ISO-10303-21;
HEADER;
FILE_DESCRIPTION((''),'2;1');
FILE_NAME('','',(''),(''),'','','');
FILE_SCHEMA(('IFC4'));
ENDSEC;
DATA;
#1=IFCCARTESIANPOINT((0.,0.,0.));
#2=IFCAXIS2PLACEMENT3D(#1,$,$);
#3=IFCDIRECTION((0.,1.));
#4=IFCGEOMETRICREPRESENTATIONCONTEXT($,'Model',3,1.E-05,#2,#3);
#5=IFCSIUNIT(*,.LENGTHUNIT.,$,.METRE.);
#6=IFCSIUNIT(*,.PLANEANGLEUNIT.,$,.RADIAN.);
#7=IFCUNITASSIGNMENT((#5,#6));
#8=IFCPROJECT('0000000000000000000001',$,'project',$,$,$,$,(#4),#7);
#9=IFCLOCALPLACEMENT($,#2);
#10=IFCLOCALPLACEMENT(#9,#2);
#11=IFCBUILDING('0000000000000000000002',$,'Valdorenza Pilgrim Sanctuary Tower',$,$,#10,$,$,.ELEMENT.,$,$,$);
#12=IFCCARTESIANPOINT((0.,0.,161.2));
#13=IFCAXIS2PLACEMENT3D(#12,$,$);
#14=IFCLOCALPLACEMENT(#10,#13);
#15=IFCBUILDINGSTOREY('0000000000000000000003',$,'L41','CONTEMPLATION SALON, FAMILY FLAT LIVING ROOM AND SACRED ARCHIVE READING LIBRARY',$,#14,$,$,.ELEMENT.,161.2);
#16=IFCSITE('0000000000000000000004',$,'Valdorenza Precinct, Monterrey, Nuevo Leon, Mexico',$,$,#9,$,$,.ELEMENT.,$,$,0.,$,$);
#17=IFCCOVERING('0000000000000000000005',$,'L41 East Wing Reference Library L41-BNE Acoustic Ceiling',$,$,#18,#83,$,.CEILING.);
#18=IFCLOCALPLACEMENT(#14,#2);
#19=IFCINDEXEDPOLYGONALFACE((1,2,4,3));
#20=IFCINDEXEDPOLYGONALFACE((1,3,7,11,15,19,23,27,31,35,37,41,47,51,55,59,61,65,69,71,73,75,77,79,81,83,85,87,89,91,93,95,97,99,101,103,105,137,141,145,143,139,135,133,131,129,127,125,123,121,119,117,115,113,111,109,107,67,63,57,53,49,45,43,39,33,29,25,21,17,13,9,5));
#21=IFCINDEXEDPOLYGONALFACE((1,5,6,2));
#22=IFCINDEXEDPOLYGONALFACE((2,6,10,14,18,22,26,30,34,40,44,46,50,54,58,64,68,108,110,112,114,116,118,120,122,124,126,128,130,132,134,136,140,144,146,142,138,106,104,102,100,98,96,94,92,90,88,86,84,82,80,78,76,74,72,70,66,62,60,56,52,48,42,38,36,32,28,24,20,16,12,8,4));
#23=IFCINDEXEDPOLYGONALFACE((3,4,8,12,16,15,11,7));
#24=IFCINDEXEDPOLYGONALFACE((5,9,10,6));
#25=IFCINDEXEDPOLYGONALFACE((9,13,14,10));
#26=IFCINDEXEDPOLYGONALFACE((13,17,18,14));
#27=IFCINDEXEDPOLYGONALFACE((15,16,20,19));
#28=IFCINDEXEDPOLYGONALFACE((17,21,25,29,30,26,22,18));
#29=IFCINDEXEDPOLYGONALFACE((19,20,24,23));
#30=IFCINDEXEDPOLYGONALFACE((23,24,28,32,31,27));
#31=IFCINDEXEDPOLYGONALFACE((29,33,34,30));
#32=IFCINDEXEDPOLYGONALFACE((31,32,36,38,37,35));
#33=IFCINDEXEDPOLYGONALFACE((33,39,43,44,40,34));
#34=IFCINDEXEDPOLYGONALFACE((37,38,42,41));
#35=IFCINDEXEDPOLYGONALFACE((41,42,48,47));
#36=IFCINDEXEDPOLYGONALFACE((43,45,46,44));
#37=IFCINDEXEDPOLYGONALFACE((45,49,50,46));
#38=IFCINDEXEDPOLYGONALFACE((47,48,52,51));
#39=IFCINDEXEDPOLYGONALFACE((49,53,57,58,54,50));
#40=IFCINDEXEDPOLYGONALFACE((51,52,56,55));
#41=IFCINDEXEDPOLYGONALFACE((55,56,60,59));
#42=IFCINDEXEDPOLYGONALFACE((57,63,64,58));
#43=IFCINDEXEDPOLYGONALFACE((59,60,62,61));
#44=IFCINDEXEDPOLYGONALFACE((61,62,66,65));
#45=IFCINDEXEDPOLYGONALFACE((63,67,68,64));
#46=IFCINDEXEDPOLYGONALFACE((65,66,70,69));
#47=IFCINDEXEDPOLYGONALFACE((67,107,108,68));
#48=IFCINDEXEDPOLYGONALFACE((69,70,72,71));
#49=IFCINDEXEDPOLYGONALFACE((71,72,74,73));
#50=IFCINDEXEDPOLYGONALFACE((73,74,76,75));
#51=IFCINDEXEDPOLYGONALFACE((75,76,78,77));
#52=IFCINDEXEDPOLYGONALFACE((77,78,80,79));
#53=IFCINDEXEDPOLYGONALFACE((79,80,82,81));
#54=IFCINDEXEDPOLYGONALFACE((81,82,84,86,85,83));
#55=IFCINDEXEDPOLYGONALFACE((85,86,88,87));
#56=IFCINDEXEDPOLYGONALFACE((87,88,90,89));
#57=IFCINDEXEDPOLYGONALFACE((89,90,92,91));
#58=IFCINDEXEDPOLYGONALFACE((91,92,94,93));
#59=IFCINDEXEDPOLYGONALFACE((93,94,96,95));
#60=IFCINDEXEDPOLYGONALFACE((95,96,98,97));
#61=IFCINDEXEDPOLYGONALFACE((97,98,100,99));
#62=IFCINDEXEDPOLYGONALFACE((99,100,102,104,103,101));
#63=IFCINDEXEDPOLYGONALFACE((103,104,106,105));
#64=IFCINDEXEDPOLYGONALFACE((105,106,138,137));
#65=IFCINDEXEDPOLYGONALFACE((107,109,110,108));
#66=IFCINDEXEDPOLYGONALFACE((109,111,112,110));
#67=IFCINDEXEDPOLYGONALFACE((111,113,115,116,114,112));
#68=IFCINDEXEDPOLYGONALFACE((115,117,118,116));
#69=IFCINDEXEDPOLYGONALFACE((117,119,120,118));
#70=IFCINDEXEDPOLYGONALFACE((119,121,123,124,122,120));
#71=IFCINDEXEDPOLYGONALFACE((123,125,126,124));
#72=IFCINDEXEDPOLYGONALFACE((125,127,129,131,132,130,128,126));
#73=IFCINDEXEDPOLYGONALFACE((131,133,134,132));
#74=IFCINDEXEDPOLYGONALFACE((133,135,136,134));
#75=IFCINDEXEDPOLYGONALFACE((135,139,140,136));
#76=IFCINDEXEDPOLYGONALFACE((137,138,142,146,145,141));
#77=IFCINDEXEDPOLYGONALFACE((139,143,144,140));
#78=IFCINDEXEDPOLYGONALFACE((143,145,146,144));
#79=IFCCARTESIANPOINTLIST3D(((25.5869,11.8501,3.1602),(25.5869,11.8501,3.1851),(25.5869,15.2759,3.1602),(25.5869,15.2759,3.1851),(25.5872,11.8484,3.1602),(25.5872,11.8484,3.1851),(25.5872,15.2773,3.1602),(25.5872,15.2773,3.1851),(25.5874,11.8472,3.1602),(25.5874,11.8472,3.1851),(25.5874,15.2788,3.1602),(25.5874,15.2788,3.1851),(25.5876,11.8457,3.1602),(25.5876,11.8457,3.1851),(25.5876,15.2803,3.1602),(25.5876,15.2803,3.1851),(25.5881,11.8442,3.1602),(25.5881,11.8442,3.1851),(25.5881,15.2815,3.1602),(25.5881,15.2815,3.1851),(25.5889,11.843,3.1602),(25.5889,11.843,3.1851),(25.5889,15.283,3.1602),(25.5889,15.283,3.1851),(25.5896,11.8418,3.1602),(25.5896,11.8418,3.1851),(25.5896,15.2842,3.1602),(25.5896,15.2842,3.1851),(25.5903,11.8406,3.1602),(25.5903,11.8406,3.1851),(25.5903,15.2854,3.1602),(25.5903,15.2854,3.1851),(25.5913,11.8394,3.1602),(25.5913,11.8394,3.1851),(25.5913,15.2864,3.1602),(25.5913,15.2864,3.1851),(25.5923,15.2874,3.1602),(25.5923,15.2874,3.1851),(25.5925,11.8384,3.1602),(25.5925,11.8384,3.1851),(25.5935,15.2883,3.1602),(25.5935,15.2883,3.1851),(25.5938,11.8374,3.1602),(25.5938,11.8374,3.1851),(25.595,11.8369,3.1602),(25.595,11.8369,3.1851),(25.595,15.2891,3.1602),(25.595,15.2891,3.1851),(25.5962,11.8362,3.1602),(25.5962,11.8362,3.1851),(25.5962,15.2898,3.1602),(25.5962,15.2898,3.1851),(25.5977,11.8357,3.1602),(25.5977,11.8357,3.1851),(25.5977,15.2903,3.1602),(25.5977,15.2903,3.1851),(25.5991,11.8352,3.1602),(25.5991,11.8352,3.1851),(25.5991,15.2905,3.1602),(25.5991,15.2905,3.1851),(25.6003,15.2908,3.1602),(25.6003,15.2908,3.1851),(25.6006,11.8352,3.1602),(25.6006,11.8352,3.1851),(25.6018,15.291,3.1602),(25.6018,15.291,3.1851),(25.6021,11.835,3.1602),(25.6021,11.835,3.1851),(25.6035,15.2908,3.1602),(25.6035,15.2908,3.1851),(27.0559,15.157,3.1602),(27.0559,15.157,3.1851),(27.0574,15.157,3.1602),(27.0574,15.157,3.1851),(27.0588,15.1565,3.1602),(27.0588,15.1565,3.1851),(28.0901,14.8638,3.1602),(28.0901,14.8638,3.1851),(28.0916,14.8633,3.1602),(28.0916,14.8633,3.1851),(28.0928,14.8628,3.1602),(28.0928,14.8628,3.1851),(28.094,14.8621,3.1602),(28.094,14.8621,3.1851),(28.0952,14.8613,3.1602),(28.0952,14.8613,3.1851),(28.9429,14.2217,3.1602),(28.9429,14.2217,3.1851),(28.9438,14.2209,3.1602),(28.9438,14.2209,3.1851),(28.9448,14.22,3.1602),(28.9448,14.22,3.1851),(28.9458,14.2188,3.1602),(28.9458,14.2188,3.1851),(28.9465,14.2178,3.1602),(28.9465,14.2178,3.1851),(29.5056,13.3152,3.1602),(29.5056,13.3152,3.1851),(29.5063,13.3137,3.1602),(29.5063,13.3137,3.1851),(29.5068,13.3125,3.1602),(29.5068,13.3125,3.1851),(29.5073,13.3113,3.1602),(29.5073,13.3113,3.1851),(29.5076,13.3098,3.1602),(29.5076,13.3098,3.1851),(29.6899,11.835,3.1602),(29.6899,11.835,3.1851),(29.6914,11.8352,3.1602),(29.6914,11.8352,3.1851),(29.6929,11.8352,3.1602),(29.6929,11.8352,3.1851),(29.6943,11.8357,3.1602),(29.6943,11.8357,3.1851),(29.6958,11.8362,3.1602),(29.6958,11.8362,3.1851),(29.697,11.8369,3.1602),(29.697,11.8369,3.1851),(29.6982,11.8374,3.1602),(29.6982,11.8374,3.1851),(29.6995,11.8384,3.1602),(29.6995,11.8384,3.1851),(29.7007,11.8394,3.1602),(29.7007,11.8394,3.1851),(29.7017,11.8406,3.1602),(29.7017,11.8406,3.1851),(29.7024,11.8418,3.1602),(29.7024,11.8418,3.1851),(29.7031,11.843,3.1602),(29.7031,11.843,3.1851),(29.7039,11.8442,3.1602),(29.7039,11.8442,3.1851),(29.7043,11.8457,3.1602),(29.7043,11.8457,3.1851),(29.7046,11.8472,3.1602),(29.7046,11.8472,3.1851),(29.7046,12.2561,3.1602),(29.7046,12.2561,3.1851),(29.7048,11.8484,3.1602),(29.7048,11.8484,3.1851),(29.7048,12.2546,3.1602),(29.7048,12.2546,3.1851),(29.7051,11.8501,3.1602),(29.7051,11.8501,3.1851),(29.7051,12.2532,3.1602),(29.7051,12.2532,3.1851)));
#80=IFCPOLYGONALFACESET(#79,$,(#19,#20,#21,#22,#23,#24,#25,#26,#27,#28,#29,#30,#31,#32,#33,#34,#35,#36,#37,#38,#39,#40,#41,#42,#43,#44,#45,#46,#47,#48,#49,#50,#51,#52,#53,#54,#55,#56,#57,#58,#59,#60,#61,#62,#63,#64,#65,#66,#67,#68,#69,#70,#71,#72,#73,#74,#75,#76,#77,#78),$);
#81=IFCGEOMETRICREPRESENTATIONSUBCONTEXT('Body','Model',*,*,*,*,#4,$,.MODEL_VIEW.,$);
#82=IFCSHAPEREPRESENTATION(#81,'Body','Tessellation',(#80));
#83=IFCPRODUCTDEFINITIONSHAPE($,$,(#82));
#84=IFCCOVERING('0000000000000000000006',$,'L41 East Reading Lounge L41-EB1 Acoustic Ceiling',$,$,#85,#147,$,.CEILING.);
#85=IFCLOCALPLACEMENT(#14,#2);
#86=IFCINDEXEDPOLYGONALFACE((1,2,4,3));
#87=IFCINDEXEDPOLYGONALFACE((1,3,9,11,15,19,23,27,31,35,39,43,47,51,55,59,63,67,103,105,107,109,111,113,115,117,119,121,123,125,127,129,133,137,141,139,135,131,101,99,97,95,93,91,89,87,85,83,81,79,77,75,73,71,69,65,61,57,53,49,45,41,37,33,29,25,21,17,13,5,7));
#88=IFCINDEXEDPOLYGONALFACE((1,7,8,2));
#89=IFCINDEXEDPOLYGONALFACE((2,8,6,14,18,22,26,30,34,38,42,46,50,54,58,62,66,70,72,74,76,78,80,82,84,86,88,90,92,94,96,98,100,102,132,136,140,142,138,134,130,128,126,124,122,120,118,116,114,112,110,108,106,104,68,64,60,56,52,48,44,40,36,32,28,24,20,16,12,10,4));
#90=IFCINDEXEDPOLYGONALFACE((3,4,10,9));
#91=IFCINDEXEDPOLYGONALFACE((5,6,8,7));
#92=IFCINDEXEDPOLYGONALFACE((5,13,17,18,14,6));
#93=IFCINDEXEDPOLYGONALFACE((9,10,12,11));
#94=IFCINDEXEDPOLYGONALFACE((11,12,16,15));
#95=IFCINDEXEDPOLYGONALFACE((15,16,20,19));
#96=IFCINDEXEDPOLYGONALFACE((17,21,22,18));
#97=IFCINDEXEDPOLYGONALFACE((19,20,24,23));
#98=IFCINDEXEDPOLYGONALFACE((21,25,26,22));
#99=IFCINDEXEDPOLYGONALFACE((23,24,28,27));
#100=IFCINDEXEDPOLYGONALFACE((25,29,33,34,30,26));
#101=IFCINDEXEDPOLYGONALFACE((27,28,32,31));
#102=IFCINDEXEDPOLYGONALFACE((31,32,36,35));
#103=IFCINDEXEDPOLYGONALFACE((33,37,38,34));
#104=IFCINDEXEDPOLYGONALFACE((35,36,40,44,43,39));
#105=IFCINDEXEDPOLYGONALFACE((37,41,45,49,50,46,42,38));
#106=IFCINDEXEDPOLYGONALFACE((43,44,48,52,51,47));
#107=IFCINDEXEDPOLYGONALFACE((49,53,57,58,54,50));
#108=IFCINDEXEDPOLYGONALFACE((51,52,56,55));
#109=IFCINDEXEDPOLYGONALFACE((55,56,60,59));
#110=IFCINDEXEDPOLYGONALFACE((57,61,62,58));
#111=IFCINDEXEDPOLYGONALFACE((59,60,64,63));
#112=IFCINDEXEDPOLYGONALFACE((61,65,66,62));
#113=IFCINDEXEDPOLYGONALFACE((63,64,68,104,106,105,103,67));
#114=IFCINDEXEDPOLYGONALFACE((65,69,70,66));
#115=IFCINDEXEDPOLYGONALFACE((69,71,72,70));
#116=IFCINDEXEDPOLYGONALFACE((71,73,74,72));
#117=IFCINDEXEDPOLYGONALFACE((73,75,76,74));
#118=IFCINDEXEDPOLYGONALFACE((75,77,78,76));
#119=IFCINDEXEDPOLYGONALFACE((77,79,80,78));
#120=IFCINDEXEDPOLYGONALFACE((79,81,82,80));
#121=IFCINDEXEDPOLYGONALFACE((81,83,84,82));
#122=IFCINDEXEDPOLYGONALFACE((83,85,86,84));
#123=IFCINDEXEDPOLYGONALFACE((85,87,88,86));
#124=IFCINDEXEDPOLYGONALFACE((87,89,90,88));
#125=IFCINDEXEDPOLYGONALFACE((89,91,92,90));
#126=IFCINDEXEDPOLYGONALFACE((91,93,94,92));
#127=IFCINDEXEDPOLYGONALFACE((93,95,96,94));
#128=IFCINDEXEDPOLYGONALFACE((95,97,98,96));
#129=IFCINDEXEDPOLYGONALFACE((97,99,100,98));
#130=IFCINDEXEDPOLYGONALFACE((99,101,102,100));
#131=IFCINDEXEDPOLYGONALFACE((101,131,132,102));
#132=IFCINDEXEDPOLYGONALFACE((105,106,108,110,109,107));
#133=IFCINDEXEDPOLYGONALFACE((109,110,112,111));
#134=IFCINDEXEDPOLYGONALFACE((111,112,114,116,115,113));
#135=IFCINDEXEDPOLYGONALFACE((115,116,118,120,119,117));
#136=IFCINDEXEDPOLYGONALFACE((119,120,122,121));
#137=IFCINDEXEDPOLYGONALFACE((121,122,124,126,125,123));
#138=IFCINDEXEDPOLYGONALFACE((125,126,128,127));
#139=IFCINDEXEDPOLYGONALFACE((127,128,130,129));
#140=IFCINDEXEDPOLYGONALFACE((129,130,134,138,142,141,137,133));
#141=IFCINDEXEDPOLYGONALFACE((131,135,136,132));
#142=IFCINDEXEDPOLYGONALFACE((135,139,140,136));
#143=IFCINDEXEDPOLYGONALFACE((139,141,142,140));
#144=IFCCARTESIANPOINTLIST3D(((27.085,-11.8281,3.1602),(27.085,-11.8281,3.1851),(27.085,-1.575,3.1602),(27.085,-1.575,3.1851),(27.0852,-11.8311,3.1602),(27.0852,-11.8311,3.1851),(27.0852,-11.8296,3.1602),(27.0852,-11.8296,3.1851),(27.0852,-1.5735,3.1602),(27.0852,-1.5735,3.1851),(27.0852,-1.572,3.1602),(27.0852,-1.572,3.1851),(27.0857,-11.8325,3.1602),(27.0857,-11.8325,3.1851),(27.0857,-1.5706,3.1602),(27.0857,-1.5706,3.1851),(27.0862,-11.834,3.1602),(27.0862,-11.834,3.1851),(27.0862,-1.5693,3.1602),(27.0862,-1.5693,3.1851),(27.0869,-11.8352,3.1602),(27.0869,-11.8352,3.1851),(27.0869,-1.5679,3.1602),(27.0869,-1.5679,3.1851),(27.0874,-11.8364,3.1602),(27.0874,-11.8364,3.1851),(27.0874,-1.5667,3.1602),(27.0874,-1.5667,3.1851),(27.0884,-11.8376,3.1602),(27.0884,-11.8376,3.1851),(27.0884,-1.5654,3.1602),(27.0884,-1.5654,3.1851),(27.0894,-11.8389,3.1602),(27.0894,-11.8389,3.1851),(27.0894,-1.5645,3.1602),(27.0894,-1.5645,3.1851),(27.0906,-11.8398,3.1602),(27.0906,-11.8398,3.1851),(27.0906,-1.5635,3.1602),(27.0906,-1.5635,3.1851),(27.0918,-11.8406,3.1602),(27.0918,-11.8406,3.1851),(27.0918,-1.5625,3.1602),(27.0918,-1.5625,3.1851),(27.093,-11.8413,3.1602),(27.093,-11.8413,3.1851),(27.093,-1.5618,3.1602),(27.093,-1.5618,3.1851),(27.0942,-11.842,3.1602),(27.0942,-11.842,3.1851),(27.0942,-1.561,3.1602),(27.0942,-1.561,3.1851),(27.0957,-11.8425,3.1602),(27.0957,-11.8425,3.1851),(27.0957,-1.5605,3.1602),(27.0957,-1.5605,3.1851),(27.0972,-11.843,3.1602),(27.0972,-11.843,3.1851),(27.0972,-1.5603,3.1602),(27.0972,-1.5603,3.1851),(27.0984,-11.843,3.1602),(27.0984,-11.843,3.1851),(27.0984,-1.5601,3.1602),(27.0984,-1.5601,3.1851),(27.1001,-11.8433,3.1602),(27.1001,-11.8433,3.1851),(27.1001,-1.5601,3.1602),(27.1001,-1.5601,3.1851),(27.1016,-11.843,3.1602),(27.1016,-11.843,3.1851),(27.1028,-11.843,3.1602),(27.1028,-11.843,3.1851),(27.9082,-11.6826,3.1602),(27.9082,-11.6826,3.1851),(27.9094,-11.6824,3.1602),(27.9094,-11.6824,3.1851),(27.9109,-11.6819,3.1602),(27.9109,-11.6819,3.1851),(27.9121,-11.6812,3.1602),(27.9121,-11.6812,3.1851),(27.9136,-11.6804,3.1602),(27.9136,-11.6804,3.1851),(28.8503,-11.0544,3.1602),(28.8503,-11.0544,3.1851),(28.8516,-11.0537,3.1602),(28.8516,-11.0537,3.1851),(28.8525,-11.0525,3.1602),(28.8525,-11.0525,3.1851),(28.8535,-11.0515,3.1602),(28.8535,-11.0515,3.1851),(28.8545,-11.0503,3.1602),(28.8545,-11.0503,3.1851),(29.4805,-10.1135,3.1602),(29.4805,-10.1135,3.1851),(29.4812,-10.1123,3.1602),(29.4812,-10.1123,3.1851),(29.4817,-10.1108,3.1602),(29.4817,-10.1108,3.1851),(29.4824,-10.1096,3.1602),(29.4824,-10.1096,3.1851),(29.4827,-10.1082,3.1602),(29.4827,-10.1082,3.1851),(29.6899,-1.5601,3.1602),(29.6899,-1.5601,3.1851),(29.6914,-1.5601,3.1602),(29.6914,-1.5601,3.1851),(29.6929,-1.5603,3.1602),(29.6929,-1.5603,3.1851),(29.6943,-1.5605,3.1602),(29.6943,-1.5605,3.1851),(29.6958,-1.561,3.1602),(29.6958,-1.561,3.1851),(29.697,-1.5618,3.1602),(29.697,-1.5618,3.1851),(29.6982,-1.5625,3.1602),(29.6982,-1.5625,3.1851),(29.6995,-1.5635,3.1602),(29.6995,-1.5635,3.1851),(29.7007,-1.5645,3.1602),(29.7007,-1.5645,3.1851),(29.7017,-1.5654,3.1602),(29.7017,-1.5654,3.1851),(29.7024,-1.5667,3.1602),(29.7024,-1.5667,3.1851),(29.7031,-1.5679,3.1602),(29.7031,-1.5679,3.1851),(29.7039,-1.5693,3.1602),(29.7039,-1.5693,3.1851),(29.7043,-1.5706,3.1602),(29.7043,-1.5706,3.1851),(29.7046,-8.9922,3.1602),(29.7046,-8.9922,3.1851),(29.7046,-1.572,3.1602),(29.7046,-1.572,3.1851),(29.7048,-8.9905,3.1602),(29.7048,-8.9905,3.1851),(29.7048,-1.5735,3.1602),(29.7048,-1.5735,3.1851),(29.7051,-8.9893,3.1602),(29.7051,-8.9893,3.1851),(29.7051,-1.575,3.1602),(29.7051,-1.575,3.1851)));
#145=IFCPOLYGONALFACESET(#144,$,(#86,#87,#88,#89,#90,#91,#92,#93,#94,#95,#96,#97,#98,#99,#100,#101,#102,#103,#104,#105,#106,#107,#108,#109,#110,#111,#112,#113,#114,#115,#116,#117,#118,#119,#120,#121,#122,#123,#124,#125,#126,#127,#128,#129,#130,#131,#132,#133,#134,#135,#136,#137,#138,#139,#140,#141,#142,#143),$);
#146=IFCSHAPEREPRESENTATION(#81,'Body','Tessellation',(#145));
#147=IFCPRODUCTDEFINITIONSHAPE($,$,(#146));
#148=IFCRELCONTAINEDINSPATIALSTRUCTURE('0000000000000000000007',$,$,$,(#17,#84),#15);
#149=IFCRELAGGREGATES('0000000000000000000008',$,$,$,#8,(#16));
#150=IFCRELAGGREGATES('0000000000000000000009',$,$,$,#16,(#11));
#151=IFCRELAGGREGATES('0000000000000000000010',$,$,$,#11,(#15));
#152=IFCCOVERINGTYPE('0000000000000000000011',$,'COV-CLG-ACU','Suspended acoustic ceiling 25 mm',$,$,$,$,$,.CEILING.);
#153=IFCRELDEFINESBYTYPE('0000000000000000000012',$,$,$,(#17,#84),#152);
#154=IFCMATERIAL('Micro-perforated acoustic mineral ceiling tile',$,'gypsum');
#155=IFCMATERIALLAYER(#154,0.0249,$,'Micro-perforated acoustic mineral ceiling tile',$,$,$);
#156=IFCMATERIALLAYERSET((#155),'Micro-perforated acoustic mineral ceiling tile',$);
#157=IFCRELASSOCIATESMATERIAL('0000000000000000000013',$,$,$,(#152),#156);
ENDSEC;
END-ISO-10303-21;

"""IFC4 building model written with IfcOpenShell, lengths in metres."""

from ifc_helpers import new_model, si_unit, direction, frame, origin, place, context, subcontext, project, spatial, polyline, outline, extrude, material, layer, layer_set, type_object, element, save


model = new_model("IFC4")

# Units and contexts
model_context = context("Model", 3, precision=1e-05, world=origin(), true_north=direction((0.0, 1.0)))
body_context = subcontext(model_context, "Body", "Model", "MODEL_VIEW")
ifc_project = project(units=[si_unit("LENGTHUNIT", "METRE"), si_unit("PLANEANGLEUNIT", "RADIAN")], contexts=[model_context])

# Site, building, storey
site_placement = place(None, origin())
site = spatial("IfcSite", under=ifc_project, at=site_placement, Name="Valdorenza Precinct, Monterrey, Nuevo Leon, Mexico", CompositionType="ELEMENT", RefElevation=0.0)
building_placement = place(site_placement, origin())
building = spatial("IfcBuilding", under=site, at=building_placement, Name="Valdorenza Pilgrim Sanctuary Tower", CompositionType="ELEMENT")
storey_placement = place(building_placement, frame((0.0, 0.0, 161.2)))
storey = spatial("IfcBuildingStorey", under=building, at=storey_placement, Name="L41", Description="CONTEMPLATION SALON, FAMILY FLAT LIVING ROOM AND SACRED ARCHIVE READING LIBRARY", CompositionType="ELEMENT", Elevation=161.2)

# Coverings
ifc_material_1 = material(Name="Micro-perforated acoustic mineral ceiling tile", Category="gypsum")
ifc_layer_1 = layer(ifc_material_1, 0.0249, Name="Micro-perforated acoustic mineral ceiling tile")
ifc_layer_set_1 = layer_set([ifc_layer_1], Name="Micro-perforated acoustic mineral ceiling tile")
covering_type_1 = type_object("IfcCoveringType", Name="COV-CLG-ACU", Description="Suspended acoustic ceiling 25 mm", PredefinedType="CEILING", material=ifc_layer_set_1)
covering_1_placement = place(storey_placement, frame((0.0, 0.0, 3.1602)))
element("IfcCovering", 1, at=covering_1_placement, inside=storey, type_object=covering_type_1, Name="L41 East Wing Reference Library L41-BNE Acoustic Ceiling", PredefinedType="CEILING", context=body_context, shape_type="SweptSolid", body=[
    extrude(outline(polyline([(27.0559, 15.157), (27.0574, 15.157), (27.0588, 15.1565), (28.0901, 14.8638), (28.0916, 14.8633), (28.0928, 14.8628), (28.094, 14.8621), (28.0952, 14.8613), (28.9429, 14.2217), (28.9438, 14.2209), (28.9448, 14.22), (28.9458, 14.2188), (28.9465, 14.2178), (29.5056, 13.3152), (29.5063, 13.3137), (29.5068, 13.3125), (29.5073, 13.3113), (29.5076, 13.3098), (29.7046, 12.2561), (29.7048, 12.2546), (29.7051, 12.2532), (29.7051, 11.8501), (29.7048, 11.8484), (29.7046, 11.8472), (29.7043, 11.8457), (29.7039, 11.8442), (29.7031, 11.843), (29.7024, 11.8418), (29.7017, 11.8406), (29.7007, 11.8394), (29.6995, 11.8384), (29.6982, 11.8374), (29.697, 11.8369), (29.6958, 11.8362), (29.6943, 11.8357), (29.6929, 11.8352), (29.6914, 11.8352), (29.6899, 11.835), (25.6021, 11.835), (25.6006, 11.8352), (25.5991, 11.8352), (25.5977, 11.8357), (25.5962, 11.8362), (25.595, 11.8369), (25.5938, 11.8374), (25.5925, 11.8384), (25.5913, 11.8394), (25.5903, 11.8406), (25.5896, 11.8418), (25.5889, 11.843), (25.5881, 11.8442), (25.5876, 11.8457), (25.5874, 11.8472), (25.5872, 11.8484), (25.5869, 11.8501), (25.5869, 15.2759), (25.5872, 15.2773), (25.5874, 15.2788), (25.5876, 15.2803), (25.5881, 15.2815), (25.5889, 15.283), (25.5896, 15.2842), (25.5903, 15.2854), (25.5913, 15.2864), (25.5923, 15.2874), (25.5935, 15.2883), (25.595, 15.2891), (25.5962, 15.2898), (25.5977, 15.2903), (25.5991, 15.2905), (25.6003, 15.2908), (25.6018, 15.291), (25.6035, 15.2908), (27.0559, 15.157)])), origin(), (0.0, 0.0, 1.0), 0.0249),
])
covering_2_placement = place(storey_placement, frame((0.0, 0.0, 3.1602)))
element("IfcCovering", 2, at=covering_2_placement, inside=storey, type_object=covering_type_1, Name="L41 East Reading Lounge L41-EB1 Acoustic Ceiling", PredefinedType="CEILING", context=body_context, shape_type="SweptSolid", body=[
    extrude(outline(polyline([(29.6899, -1.5601), (29.6914, -1.5601), (29.6929, -1.5603), (29.6943, -1.5605), (29.6958, -1.561), (29.697, -1.5618), (29.6982, -1.5625), (29.6995, -1.5635), (29.7007, -1.5645), (29.7017, -1.5654), (29.7024, -1.5667), (29.7031, -1.5679), (29.7039, -1.5693), (29.7043, -1.5706), (29.7046, -1.572), (29.7048, -1.5735), (29.7051, -1.575), (29.7051, -8.9893), (29.7048, -8.9905), (29.7046, -8.9922), (29.4827, -10.1082), (29.4824, -10.1096), (29.4817, -10.1108), (29.4812, -10.1123), (29.4805, -10.1135), (28.8545, -11.0503), (28.8535, -11.0515), (28.8525, -11.0525), (28.8516, -11.0537), (28.8503, -11.0544), (27.9136, -11.6804), (27.9121, -11.6812), (27.9109, -11.6819), (27.9094, -11.6824), (27.9082, -11.6826), (27.1028, -11.843), (27.1016, -11.843), (27.1001, -11.8433), (27.0984, -11.843), (27.0972, -11.843), (27.0957, -11.8425), (27.0942, -11.842), (27.093, -11.8413), (27.0918, -11.8406), (27.0906, -11.8398), (27.0894, -11.8389), (27.0884, -11.8376), (27.0874, -11.8364), (27.0869, -11.8352), (27.0862, -11.834), (27.0857, -11.8325), (27.0852, -11.8311), (27.0852, -11.8296), (27.085, -11.8281), (27.085, -1.575), (27.0852, -1.5735), (27.0852, -1.572), (27.0857, -1.5706), (27.0862, -1.5693), (27.0869, -1.5679), (27.0874, -1.5667), (27.0884, -1.5654), (27.0894, -1.5645), (27.0906, -1.5635), (27.0918, -1.5625), (27.093, -1.5618), (27.0942, -1.561), (27.0957, -1.5605), (27.0972, -1.5603), (27.0984, -1.5601), (27.1001, -1.5601), (29.6899, -1.5601)])), origin(), (0.0, 0.0, 1.0), 0.0249),
])

save(model, "model.ifc")
